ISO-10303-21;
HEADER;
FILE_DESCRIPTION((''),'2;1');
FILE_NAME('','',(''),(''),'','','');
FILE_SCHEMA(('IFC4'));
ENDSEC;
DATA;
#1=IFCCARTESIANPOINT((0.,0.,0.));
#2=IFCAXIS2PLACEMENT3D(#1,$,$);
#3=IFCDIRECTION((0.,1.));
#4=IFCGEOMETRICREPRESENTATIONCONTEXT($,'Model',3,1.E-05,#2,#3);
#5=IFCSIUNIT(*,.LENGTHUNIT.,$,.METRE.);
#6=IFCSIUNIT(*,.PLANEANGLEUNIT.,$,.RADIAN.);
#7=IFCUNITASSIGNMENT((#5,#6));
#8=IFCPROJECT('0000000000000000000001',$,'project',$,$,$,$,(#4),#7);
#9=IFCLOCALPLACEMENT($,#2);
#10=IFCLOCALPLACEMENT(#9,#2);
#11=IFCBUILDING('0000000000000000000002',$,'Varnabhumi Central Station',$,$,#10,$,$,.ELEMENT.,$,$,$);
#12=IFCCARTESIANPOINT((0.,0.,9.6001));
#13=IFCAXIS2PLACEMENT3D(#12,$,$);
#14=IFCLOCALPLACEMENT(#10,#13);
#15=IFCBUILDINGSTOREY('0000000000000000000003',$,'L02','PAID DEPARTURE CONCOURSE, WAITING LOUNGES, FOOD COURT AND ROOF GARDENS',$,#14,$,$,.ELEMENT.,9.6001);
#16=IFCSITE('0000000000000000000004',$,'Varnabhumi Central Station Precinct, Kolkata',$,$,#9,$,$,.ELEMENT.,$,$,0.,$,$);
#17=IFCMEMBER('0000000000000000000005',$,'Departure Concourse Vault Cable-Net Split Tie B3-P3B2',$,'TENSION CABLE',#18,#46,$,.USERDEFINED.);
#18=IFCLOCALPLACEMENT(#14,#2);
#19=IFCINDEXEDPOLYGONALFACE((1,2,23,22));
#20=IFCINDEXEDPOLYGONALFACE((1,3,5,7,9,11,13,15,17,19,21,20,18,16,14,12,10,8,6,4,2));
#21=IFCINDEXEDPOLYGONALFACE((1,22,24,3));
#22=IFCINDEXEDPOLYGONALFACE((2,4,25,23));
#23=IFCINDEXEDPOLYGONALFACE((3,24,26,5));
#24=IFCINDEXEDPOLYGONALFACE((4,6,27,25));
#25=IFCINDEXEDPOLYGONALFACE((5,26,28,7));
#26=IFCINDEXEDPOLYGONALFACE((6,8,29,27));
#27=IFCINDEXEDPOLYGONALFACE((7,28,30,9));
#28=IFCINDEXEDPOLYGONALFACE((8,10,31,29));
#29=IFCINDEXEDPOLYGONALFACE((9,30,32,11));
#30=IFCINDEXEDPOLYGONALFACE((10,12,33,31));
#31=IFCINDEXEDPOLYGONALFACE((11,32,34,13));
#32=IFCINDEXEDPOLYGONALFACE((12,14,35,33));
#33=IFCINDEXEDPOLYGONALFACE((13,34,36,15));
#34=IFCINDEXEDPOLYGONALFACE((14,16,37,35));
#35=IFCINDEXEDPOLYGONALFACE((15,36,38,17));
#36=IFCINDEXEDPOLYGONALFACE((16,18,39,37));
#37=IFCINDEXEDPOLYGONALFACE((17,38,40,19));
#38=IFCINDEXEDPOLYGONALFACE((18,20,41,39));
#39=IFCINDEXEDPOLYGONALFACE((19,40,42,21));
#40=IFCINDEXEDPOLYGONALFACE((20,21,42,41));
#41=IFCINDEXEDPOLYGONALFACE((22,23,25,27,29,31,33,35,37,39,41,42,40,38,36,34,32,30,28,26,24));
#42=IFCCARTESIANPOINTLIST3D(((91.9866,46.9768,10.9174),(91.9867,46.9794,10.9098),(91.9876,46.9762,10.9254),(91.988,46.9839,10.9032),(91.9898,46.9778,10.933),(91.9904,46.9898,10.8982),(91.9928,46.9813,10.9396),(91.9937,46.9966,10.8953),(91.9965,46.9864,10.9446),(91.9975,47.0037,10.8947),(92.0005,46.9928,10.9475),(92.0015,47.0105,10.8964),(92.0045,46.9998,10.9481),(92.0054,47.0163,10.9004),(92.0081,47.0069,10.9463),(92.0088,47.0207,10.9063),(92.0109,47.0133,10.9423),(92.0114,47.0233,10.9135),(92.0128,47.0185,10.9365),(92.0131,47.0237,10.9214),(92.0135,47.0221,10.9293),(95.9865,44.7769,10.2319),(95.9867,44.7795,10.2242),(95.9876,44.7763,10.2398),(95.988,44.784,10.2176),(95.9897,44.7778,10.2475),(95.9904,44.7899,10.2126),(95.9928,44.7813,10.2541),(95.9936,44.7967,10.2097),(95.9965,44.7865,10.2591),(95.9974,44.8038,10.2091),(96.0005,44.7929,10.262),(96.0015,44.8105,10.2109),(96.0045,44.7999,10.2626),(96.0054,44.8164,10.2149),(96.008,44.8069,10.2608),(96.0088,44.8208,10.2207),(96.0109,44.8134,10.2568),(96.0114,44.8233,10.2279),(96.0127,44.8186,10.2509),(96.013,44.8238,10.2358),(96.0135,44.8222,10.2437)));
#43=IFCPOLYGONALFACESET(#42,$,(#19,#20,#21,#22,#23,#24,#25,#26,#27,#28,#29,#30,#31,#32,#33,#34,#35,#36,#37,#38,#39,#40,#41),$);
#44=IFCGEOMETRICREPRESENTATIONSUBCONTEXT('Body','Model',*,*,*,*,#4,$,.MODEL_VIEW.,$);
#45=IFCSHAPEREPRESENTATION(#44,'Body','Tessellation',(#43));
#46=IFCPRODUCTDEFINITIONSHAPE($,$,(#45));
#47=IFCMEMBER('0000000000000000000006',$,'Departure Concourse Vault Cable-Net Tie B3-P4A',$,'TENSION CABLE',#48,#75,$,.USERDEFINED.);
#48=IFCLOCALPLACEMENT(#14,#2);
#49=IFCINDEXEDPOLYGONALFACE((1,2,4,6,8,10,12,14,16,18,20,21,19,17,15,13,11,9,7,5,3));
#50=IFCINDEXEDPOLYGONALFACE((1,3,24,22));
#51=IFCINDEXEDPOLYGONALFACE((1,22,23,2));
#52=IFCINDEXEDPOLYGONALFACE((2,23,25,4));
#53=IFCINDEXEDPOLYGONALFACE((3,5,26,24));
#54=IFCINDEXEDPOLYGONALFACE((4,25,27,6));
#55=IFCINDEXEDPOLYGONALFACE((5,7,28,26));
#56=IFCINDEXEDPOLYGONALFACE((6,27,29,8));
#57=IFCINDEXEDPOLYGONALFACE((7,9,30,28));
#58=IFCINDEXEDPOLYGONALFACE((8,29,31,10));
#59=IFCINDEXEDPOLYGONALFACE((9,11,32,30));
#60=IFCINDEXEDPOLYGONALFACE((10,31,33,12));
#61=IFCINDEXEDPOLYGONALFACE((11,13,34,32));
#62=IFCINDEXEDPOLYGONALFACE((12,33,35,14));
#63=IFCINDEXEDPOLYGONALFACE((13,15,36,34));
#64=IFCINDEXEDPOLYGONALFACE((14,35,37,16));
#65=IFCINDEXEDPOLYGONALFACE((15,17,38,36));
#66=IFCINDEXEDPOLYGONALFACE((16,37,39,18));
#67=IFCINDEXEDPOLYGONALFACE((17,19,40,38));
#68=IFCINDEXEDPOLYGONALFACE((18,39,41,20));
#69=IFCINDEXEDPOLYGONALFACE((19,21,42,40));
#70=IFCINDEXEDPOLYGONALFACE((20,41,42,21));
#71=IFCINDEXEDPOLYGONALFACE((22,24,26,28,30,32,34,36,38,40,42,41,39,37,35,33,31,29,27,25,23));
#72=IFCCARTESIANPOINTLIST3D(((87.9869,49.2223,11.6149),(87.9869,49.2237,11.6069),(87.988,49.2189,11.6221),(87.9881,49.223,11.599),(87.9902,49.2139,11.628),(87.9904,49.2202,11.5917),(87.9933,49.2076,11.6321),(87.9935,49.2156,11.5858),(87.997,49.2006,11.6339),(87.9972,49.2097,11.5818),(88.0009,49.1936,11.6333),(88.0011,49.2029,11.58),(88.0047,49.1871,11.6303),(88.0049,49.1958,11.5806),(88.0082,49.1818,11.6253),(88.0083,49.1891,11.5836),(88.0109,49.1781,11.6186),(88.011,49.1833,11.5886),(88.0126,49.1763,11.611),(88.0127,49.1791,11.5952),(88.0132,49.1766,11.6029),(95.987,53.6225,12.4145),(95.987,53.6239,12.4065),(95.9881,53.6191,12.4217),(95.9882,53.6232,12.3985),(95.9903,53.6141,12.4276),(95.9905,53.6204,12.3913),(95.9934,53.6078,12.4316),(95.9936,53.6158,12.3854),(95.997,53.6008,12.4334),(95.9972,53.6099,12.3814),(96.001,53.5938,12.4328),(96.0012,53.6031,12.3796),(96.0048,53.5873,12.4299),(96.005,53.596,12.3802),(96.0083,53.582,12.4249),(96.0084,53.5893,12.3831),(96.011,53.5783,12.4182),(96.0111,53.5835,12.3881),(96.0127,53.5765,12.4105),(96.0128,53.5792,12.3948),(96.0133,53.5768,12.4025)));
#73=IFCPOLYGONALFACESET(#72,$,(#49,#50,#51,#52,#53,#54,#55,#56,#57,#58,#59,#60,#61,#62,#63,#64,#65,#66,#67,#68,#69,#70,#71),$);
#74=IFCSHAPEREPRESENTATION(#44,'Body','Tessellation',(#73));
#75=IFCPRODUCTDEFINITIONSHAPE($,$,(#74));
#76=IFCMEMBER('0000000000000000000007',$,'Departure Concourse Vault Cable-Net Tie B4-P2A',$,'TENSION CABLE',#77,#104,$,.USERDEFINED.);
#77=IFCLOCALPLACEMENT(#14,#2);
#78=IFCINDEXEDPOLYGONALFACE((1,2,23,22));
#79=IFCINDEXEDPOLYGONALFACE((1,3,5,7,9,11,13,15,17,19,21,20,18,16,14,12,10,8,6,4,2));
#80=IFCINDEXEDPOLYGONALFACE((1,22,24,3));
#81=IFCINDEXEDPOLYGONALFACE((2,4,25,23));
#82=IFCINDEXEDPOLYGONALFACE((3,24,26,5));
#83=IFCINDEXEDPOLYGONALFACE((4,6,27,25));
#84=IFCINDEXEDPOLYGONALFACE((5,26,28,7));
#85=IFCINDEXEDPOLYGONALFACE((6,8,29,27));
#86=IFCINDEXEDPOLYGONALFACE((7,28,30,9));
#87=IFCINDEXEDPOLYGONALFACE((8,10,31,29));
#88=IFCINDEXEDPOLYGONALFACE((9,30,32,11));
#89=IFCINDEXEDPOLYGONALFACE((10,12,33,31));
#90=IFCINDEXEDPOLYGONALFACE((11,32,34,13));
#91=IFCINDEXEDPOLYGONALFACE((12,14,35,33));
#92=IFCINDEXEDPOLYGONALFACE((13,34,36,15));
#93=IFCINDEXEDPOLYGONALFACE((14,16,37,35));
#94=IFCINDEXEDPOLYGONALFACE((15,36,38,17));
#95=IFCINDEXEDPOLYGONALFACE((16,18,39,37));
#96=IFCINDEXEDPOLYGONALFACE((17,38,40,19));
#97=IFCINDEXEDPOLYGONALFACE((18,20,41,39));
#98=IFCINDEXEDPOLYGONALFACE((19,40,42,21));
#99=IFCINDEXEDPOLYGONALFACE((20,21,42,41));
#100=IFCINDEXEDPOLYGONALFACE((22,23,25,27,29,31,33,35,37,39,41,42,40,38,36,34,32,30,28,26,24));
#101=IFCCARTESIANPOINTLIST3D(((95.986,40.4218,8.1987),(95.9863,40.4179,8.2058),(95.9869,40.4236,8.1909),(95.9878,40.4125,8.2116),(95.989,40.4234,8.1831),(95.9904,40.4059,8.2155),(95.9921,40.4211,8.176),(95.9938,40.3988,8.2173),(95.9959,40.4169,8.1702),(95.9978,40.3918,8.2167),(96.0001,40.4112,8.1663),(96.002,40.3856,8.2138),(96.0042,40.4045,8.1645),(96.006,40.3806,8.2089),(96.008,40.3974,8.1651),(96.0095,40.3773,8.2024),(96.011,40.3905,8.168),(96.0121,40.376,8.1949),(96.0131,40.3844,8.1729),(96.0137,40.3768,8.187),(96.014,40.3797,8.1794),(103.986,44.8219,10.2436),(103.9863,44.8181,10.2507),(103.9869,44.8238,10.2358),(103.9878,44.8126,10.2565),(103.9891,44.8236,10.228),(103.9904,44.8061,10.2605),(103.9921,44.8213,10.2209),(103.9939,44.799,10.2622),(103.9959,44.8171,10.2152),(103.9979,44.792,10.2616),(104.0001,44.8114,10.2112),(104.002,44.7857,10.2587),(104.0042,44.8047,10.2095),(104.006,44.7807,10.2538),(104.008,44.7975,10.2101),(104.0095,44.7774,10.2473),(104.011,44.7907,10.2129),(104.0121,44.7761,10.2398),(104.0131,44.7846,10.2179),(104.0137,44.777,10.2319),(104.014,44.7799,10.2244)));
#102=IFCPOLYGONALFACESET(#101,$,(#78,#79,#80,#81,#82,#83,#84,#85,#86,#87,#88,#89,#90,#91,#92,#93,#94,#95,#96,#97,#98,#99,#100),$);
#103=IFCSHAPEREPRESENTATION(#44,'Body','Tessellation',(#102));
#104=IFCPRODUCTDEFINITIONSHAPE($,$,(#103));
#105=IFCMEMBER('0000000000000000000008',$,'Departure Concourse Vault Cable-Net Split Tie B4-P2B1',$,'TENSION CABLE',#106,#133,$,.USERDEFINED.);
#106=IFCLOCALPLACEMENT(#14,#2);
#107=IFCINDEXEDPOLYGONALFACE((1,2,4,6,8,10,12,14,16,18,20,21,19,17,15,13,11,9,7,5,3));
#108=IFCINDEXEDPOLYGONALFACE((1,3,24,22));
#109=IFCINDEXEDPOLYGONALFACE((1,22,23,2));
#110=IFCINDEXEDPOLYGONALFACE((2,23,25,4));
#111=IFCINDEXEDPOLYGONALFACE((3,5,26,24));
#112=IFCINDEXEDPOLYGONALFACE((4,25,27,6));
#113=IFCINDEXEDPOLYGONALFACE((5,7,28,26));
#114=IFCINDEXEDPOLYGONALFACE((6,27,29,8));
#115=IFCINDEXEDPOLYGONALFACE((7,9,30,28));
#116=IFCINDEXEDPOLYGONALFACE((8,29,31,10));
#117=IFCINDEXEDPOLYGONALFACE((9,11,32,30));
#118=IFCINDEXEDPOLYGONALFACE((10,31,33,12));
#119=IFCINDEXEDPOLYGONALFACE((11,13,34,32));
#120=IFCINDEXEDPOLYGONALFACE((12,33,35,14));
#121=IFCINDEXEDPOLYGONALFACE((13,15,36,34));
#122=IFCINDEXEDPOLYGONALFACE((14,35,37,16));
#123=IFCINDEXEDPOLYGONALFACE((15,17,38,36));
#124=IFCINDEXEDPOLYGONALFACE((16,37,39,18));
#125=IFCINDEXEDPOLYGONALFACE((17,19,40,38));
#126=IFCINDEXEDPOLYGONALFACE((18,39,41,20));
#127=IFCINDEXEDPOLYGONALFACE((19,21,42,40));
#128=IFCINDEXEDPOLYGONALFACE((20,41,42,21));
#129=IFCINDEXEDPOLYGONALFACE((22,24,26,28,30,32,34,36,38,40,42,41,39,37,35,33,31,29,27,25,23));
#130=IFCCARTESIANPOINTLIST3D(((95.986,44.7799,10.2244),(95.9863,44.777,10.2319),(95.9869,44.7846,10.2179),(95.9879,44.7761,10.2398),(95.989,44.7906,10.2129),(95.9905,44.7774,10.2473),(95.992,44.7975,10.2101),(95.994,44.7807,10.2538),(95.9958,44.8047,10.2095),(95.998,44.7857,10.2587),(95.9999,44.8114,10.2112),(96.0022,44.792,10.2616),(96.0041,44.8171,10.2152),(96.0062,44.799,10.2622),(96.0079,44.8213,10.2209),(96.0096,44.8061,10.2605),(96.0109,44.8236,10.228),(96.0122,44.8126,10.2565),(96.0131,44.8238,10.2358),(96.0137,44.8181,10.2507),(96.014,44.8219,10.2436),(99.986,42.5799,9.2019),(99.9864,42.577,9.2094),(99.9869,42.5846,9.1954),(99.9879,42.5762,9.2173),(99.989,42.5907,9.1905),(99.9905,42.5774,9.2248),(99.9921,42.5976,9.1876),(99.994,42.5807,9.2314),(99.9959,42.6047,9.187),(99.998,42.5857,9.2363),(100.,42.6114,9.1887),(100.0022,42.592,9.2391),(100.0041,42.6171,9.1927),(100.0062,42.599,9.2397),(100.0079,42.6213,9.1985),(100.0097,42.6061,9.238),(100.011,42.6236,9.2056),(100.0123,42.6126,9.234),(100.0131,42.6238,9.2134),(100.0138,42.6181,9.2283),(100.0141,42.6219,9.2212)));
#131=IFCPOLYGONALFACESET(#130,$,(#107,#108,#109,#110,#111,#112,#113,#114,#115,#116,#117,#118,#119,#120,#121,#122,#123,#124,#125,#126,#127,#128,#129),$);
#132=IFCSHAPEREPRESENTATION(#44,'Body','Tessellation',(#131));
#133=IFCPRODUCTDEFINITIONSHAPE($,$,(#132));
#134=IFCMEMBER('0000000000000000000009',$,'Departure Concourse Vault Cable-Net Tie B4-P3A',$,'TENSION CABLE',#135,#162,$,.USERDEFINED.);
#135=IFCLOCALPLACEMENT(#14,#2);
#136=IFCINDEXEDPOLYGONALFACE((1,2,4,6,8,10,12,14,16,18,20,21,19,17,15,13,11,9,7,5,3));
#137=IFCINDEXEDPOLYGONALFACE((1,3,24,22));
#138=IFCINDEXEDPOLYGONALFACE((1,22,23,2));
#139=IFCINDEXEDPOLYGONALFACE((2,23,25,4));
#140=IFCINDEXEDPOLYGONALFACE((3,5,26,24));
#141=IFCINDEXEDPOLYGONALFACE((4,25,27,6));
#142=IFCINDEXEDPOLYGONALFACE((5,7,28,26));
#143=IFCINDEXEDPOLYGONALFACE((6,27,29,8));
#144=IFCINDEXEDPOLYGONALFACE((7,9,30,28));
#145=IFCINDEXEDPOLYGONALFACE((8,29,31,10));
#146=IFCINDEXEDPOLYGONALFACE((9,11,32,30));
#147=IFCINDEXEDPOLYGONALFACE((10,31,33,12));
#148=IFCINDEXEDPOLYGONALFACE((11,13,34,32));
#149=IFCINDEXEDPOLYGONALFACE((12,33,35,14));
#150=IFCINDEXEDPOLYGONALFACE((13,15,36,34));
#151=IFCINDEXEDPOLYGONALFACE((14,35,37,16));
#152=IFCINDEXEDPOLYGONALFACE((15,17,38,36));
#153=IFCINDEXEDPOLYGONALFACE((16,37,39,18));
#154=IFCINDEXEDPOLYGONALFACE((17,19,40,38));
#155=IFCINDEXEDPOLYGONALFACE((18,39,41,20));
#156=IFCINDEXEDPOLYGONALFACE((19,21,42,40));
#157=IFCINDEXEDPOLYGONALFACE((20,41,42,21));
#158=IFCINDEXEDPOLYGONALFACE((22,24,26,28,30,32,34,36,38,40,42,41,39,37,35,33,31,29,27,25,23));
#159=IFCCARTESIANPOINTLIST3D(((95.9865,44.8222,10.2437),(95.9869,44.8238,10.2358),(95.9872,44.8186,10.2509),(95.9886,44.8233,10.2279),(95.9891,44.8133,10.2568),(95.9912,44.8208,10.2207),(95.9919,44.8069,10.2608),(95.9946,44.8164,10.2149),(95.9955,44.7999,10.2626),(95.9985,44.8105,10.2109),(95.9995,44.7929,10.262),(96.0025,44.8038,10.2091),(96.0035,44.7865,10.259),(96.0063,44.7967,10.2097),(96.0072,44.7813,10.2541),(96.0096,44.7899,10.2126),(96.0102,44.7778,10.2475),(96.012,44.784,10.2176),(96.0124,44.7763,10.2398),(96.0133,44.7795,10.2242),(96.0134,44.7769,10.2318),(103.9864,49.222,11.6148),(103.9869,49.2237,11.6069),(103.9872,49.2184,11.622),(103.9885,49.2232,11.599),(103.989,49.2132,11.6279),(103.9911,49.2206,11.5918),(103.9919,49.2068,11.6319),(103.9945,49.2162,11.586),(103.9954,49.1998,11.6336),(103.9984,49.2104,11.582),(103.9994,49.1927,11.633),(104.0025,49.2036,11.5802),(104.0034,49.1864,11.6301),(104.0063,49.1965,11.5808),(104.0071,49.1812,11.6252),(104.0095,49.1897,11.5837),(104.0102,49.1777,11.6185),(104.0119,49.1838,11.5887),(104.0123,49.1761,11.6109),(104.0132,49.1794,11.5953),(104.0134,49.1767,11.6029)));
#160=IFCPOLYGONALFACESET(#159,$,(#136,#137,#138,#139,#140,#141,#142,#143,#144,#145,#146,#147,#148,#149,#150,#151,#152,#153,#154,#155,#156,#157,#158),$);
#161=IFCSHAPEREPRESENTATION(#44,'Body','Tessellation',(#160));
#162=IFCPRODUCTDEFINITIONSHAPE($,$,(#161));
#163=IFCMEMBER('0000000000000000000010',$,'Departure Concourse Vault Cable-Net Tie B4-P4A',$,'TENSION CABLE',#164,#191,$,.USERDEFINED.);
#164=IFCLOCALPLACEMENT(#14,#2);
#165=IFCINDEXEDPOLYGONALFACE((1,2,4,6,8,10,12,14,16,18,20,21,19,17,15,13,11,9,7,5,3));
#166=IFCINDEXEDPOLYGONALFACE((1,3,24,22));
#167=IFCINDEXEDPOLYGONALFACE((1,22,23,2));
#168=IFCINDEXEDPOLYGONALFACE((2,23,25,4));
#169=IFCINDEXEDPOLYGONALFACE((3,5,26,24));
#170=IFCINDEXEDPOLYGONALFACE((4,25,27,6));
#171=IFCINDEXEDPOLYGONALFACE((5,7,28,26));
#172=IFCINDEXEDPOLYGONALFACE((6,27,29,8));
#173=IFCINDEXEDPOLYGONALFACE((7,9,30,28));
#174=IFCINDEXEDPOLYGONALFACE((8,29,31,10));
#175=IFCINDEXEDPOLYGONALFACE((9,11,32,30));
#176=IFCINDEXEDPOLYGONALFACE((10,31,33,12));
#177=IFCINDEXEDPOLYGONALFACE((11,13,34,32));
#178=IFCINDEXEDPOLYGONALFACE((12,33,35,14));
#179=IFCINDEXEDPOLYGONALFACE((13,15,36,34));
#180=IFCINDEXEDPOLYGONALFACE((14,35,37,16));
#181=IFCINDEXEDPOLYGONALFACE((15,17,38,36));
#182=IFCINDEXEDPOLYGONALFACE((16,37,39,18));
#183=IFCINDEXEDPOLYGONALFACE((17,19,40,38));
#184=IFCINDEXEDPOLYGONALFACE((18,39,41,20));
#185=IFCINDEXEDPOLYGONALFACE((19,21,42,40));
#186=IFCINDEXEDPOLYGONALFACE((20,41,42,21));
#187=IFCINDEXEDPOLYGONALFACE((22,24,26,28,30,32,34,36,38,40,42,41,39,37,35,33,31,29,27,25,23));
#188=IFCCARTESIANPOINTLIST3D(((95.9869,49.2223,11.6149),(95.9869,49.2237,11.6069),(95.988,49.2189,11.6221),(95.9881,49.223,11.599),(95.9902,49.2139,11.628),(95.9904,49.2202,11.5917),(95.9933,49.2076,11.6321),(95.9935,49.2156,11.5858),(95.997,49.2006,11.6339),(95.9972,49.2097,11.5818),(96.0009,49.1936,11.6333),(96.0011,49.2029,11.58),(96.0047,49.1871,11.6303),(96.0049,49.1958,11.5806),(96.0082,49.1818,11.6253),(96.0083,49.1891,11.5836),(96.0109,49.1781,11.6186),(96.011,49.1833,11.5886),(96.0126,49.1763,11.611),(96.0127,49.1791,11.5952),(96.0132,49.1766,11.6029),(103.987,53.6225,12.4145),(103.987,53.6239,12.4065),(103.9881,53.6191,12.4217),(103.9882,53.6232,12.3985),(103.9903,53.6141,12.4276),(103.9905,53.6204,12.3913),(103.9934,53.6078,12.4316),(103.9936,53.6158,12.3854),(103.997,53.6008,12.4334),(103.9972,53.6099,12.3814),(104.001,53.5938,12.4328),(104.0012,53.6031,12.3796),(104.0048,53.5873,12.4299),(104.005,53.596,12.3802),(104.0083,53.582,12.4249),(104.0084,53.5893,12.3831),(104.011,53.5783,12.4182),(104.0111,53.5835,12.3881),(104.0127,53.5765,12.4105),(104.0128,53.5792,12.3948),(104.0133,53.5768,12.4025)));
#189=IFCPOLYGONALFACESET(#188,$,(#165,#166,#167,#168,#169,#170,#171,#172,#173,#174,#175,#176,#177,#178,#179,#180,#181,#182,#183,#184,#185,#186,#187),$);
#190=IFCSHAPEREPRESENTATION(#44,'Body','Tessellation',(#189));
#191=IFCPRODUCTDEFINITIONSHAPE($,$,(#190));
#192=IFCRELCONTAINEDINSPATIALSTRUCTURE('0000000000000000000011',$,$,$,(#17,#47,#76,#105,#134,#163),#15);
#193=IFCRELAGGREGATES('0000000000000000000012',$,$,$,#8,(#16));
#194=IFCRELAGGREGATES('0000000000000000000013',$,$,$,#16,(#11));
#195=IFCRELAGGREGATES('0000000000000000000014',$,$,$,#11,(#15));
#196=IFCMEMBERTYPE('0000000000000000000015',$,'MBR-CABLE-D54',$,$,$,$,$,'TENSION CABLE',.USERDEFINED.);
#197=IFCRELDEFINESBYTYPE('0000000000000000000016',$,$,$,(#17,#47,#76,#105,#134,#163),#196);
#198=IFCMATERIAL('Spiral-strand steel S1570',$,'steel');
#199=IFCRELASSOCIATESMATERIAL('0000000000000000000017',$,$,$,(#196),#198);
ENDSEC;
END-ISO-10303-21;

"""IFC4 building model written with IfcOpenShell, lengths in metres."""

from ifc_helpers import new_model, si_unit, direction, frame, origin, origin_2d, place, context, subcontext, project, spatial, circle, extrude, material, material_profile, profile_set, type_object, element, save


model = new_model("IFC4")

# Units and contexts
model_context = context("Model", 3, precision=1e-05, world=origin(), true_north=direction((0.0, 1.0)))
body_context = subcontext(model_context, "Body", "Model", "MODEL_VIEW")
ifc_project = project(units=[si_unit("LENGTHUNIT", "METRE"), si_unit("PLANEANGLEUNIT", "RADIAN")], contexts=[model_context])

# Site, building, storey
site_placement = place(None, origin())
site = spatial("IfcSite", under=ifc_project, at=site_placement, Name="Varnabhumi Central Station Precinct, Kolkata", CompositionType="ELEMENT", RefElevation=0.0)
building_placement = place(site_placement, origin())
building = spatial("IfcBuilding", under=site, at=building_placement, Name="Varnabhumi Central Station", CompositionType="ELEMENT")
storey_placement = place(building_placement, frame((0.0, 0.0, 9.6001)))
storey = spatial("IfcBuildingStorey", under=building, at=storey_placement, Name="L02", Description="PAID DEPARTURE CONCOURSE, WAITING LOUNGES, FOOD COURT AND ROOF GARDENS", CompositionType="ELEMENT", Elevation=9.6001)

# Members
ifc_material_1 = material(Name="Spiral-strand steel S1570", Category="steel")
ifc_material_profile_1 = material_profile(ifc_material_1, circle(Radius=0.0271, at=origin_2d()), Name="Spiral-strand steel S1570", Category="steel")
ifc_profile_set_1 = profile_set([ifc_material_profile_1], Name="Spiral-strand steel S1570")
member_type = type_object("IfcMemberType", Name="MBR-CABLE-D54", ElementType="TENSION CABLE", PredefinedType="USERDEFINED", material=ifc_profile_set_1)
for number, where, z_axis, x_axis, name in (
    (1, (92.0, 47.0, 10.9214), (0.866504, -0.476567, -0.148507), (0.481911, 0.87622, 0.0), "Departure Concourse Vault Cable-Net Split Tie B3-P3B2"),
):
    element("IfcMember", number, at=place(storey_placement, frame(where, z_axis=z_axis, x_axis=x_axis)), inside=storey, type_object=member_type, Name=name, ObjectType="TENSION CABLE", PredefinedType="USERDEFINED", context=body_context, shape_type="SweptSolid", body=[
        extrude(circle(Radius=0.0271, at=origin_2d()), origin(), (0.0, 0.0, 1.0), 4.6162),
    ])
member_1_placement = place(storey_placement, frame((88.0, 49.2, 11.6069), z_axis=(0.872869, 0.480094, 0.087239), x_axis=(-0.481931, 0.876209, 0.0)))
element("IfcMember", 2, at=member_1_placement, inside=storey, type_object=member_type, Name="Departure Concourse Vault Cable-Net Tie B3-P4A", ObjectType="TENSION CABLE", PredefinedType="USERDEFINED", context=body_context, shape_type="SweptSolid", body=[
    extrude(circle(Radius=0.0271, at=origin_2d()), origin(), (0.0, 0.0, 1.0), 9.1653),
])
member_2_placement = place(storey_placement, frame((96.0, 40.3999, 8.1909), z_axis=(0.855026, 0.47028, 0.218558), x_axis=(-0.481931, 0.876209, 0.0)))
element("IfcMember", 3, at=member_2_placement, inside=storey, type_object=member_type, Name="Departure Concourse Vault Cable-Net Tie B4-P2A", ObjectType="TENSION CABLE", PredefinedType="USERDEFINED", context=body_context, shape_type="SweptSolid", body=[
    extrude(circle(Radius=0.0271, at=origin_2d()), origin(), (0.0, 0.0, 1.0), 9.3564),
])
member_3_placement = place(storey_placement, frame((96.0, 44.8, 10.2358), z_axis=(0.855036, -0.47026, -0.21856), x_axis=(0.481911, 0.87622, 0.0)))
element("IfcMember", 4, at=member_3_placement, inside=storey, type_object=member_type, Name="Departure Concourse Vault Cable-Net Split Tie B4-P2B1", ObjectType="TENSION CABLE", PredefinedType="USERDEFINED", context=body_context, shape_type="SweptSolid", body=[
    extrude(circle(Radius=0.0271, at=origin_2d()), origin(), (0.0, 0.0, 1.0), 4.6782),
])
member_4_placement = place(storey_placement, frame((96.0, 44.8, 10.2358), z_axis=(0.866504, 0.476567, 0.148507), x_axis=(-0.481911, 0.87622, 0.0)))
element("IfcMember", 5, at=member_4_placement, inside=storey, type_object=member_type, Name="Departure Concourse Vault Cable-Net Tie B4-P3A", ObjectType="TENSION CABLE", PredefinedType="USERDEFINED", context=body_context, shape_type="SweptSolid", body=[
    extrude(circle(Radius=0.0271, at=origin_2d()), origin(), (0.0, 0.0, 1.0), 9.2324),
])
member_5_placement = place(storey_placement, frame((96.0, 49.2, 11.6069), z_axis=(0.872869, 0.480094, 0.087239), x_axis=(-0.481931, 0.876209, 0.0)))
element("IfcMember", 6, at=member_5_placement, inside=storey, type_object=member_type, Name="Departure Concourse Vault Cable-Net Tie B4-P4A", ObjectType="TENSION CABLE", PredefinedType="USERDEFINED", context=body_context, shape_type="SweptSolid", body=[
    extrude(circle(Radius=0.0271, at=origin_2d()), origin(), (0.0, 0.0, 1.0), 9.1653),
])

save(model, "model.ifc")
